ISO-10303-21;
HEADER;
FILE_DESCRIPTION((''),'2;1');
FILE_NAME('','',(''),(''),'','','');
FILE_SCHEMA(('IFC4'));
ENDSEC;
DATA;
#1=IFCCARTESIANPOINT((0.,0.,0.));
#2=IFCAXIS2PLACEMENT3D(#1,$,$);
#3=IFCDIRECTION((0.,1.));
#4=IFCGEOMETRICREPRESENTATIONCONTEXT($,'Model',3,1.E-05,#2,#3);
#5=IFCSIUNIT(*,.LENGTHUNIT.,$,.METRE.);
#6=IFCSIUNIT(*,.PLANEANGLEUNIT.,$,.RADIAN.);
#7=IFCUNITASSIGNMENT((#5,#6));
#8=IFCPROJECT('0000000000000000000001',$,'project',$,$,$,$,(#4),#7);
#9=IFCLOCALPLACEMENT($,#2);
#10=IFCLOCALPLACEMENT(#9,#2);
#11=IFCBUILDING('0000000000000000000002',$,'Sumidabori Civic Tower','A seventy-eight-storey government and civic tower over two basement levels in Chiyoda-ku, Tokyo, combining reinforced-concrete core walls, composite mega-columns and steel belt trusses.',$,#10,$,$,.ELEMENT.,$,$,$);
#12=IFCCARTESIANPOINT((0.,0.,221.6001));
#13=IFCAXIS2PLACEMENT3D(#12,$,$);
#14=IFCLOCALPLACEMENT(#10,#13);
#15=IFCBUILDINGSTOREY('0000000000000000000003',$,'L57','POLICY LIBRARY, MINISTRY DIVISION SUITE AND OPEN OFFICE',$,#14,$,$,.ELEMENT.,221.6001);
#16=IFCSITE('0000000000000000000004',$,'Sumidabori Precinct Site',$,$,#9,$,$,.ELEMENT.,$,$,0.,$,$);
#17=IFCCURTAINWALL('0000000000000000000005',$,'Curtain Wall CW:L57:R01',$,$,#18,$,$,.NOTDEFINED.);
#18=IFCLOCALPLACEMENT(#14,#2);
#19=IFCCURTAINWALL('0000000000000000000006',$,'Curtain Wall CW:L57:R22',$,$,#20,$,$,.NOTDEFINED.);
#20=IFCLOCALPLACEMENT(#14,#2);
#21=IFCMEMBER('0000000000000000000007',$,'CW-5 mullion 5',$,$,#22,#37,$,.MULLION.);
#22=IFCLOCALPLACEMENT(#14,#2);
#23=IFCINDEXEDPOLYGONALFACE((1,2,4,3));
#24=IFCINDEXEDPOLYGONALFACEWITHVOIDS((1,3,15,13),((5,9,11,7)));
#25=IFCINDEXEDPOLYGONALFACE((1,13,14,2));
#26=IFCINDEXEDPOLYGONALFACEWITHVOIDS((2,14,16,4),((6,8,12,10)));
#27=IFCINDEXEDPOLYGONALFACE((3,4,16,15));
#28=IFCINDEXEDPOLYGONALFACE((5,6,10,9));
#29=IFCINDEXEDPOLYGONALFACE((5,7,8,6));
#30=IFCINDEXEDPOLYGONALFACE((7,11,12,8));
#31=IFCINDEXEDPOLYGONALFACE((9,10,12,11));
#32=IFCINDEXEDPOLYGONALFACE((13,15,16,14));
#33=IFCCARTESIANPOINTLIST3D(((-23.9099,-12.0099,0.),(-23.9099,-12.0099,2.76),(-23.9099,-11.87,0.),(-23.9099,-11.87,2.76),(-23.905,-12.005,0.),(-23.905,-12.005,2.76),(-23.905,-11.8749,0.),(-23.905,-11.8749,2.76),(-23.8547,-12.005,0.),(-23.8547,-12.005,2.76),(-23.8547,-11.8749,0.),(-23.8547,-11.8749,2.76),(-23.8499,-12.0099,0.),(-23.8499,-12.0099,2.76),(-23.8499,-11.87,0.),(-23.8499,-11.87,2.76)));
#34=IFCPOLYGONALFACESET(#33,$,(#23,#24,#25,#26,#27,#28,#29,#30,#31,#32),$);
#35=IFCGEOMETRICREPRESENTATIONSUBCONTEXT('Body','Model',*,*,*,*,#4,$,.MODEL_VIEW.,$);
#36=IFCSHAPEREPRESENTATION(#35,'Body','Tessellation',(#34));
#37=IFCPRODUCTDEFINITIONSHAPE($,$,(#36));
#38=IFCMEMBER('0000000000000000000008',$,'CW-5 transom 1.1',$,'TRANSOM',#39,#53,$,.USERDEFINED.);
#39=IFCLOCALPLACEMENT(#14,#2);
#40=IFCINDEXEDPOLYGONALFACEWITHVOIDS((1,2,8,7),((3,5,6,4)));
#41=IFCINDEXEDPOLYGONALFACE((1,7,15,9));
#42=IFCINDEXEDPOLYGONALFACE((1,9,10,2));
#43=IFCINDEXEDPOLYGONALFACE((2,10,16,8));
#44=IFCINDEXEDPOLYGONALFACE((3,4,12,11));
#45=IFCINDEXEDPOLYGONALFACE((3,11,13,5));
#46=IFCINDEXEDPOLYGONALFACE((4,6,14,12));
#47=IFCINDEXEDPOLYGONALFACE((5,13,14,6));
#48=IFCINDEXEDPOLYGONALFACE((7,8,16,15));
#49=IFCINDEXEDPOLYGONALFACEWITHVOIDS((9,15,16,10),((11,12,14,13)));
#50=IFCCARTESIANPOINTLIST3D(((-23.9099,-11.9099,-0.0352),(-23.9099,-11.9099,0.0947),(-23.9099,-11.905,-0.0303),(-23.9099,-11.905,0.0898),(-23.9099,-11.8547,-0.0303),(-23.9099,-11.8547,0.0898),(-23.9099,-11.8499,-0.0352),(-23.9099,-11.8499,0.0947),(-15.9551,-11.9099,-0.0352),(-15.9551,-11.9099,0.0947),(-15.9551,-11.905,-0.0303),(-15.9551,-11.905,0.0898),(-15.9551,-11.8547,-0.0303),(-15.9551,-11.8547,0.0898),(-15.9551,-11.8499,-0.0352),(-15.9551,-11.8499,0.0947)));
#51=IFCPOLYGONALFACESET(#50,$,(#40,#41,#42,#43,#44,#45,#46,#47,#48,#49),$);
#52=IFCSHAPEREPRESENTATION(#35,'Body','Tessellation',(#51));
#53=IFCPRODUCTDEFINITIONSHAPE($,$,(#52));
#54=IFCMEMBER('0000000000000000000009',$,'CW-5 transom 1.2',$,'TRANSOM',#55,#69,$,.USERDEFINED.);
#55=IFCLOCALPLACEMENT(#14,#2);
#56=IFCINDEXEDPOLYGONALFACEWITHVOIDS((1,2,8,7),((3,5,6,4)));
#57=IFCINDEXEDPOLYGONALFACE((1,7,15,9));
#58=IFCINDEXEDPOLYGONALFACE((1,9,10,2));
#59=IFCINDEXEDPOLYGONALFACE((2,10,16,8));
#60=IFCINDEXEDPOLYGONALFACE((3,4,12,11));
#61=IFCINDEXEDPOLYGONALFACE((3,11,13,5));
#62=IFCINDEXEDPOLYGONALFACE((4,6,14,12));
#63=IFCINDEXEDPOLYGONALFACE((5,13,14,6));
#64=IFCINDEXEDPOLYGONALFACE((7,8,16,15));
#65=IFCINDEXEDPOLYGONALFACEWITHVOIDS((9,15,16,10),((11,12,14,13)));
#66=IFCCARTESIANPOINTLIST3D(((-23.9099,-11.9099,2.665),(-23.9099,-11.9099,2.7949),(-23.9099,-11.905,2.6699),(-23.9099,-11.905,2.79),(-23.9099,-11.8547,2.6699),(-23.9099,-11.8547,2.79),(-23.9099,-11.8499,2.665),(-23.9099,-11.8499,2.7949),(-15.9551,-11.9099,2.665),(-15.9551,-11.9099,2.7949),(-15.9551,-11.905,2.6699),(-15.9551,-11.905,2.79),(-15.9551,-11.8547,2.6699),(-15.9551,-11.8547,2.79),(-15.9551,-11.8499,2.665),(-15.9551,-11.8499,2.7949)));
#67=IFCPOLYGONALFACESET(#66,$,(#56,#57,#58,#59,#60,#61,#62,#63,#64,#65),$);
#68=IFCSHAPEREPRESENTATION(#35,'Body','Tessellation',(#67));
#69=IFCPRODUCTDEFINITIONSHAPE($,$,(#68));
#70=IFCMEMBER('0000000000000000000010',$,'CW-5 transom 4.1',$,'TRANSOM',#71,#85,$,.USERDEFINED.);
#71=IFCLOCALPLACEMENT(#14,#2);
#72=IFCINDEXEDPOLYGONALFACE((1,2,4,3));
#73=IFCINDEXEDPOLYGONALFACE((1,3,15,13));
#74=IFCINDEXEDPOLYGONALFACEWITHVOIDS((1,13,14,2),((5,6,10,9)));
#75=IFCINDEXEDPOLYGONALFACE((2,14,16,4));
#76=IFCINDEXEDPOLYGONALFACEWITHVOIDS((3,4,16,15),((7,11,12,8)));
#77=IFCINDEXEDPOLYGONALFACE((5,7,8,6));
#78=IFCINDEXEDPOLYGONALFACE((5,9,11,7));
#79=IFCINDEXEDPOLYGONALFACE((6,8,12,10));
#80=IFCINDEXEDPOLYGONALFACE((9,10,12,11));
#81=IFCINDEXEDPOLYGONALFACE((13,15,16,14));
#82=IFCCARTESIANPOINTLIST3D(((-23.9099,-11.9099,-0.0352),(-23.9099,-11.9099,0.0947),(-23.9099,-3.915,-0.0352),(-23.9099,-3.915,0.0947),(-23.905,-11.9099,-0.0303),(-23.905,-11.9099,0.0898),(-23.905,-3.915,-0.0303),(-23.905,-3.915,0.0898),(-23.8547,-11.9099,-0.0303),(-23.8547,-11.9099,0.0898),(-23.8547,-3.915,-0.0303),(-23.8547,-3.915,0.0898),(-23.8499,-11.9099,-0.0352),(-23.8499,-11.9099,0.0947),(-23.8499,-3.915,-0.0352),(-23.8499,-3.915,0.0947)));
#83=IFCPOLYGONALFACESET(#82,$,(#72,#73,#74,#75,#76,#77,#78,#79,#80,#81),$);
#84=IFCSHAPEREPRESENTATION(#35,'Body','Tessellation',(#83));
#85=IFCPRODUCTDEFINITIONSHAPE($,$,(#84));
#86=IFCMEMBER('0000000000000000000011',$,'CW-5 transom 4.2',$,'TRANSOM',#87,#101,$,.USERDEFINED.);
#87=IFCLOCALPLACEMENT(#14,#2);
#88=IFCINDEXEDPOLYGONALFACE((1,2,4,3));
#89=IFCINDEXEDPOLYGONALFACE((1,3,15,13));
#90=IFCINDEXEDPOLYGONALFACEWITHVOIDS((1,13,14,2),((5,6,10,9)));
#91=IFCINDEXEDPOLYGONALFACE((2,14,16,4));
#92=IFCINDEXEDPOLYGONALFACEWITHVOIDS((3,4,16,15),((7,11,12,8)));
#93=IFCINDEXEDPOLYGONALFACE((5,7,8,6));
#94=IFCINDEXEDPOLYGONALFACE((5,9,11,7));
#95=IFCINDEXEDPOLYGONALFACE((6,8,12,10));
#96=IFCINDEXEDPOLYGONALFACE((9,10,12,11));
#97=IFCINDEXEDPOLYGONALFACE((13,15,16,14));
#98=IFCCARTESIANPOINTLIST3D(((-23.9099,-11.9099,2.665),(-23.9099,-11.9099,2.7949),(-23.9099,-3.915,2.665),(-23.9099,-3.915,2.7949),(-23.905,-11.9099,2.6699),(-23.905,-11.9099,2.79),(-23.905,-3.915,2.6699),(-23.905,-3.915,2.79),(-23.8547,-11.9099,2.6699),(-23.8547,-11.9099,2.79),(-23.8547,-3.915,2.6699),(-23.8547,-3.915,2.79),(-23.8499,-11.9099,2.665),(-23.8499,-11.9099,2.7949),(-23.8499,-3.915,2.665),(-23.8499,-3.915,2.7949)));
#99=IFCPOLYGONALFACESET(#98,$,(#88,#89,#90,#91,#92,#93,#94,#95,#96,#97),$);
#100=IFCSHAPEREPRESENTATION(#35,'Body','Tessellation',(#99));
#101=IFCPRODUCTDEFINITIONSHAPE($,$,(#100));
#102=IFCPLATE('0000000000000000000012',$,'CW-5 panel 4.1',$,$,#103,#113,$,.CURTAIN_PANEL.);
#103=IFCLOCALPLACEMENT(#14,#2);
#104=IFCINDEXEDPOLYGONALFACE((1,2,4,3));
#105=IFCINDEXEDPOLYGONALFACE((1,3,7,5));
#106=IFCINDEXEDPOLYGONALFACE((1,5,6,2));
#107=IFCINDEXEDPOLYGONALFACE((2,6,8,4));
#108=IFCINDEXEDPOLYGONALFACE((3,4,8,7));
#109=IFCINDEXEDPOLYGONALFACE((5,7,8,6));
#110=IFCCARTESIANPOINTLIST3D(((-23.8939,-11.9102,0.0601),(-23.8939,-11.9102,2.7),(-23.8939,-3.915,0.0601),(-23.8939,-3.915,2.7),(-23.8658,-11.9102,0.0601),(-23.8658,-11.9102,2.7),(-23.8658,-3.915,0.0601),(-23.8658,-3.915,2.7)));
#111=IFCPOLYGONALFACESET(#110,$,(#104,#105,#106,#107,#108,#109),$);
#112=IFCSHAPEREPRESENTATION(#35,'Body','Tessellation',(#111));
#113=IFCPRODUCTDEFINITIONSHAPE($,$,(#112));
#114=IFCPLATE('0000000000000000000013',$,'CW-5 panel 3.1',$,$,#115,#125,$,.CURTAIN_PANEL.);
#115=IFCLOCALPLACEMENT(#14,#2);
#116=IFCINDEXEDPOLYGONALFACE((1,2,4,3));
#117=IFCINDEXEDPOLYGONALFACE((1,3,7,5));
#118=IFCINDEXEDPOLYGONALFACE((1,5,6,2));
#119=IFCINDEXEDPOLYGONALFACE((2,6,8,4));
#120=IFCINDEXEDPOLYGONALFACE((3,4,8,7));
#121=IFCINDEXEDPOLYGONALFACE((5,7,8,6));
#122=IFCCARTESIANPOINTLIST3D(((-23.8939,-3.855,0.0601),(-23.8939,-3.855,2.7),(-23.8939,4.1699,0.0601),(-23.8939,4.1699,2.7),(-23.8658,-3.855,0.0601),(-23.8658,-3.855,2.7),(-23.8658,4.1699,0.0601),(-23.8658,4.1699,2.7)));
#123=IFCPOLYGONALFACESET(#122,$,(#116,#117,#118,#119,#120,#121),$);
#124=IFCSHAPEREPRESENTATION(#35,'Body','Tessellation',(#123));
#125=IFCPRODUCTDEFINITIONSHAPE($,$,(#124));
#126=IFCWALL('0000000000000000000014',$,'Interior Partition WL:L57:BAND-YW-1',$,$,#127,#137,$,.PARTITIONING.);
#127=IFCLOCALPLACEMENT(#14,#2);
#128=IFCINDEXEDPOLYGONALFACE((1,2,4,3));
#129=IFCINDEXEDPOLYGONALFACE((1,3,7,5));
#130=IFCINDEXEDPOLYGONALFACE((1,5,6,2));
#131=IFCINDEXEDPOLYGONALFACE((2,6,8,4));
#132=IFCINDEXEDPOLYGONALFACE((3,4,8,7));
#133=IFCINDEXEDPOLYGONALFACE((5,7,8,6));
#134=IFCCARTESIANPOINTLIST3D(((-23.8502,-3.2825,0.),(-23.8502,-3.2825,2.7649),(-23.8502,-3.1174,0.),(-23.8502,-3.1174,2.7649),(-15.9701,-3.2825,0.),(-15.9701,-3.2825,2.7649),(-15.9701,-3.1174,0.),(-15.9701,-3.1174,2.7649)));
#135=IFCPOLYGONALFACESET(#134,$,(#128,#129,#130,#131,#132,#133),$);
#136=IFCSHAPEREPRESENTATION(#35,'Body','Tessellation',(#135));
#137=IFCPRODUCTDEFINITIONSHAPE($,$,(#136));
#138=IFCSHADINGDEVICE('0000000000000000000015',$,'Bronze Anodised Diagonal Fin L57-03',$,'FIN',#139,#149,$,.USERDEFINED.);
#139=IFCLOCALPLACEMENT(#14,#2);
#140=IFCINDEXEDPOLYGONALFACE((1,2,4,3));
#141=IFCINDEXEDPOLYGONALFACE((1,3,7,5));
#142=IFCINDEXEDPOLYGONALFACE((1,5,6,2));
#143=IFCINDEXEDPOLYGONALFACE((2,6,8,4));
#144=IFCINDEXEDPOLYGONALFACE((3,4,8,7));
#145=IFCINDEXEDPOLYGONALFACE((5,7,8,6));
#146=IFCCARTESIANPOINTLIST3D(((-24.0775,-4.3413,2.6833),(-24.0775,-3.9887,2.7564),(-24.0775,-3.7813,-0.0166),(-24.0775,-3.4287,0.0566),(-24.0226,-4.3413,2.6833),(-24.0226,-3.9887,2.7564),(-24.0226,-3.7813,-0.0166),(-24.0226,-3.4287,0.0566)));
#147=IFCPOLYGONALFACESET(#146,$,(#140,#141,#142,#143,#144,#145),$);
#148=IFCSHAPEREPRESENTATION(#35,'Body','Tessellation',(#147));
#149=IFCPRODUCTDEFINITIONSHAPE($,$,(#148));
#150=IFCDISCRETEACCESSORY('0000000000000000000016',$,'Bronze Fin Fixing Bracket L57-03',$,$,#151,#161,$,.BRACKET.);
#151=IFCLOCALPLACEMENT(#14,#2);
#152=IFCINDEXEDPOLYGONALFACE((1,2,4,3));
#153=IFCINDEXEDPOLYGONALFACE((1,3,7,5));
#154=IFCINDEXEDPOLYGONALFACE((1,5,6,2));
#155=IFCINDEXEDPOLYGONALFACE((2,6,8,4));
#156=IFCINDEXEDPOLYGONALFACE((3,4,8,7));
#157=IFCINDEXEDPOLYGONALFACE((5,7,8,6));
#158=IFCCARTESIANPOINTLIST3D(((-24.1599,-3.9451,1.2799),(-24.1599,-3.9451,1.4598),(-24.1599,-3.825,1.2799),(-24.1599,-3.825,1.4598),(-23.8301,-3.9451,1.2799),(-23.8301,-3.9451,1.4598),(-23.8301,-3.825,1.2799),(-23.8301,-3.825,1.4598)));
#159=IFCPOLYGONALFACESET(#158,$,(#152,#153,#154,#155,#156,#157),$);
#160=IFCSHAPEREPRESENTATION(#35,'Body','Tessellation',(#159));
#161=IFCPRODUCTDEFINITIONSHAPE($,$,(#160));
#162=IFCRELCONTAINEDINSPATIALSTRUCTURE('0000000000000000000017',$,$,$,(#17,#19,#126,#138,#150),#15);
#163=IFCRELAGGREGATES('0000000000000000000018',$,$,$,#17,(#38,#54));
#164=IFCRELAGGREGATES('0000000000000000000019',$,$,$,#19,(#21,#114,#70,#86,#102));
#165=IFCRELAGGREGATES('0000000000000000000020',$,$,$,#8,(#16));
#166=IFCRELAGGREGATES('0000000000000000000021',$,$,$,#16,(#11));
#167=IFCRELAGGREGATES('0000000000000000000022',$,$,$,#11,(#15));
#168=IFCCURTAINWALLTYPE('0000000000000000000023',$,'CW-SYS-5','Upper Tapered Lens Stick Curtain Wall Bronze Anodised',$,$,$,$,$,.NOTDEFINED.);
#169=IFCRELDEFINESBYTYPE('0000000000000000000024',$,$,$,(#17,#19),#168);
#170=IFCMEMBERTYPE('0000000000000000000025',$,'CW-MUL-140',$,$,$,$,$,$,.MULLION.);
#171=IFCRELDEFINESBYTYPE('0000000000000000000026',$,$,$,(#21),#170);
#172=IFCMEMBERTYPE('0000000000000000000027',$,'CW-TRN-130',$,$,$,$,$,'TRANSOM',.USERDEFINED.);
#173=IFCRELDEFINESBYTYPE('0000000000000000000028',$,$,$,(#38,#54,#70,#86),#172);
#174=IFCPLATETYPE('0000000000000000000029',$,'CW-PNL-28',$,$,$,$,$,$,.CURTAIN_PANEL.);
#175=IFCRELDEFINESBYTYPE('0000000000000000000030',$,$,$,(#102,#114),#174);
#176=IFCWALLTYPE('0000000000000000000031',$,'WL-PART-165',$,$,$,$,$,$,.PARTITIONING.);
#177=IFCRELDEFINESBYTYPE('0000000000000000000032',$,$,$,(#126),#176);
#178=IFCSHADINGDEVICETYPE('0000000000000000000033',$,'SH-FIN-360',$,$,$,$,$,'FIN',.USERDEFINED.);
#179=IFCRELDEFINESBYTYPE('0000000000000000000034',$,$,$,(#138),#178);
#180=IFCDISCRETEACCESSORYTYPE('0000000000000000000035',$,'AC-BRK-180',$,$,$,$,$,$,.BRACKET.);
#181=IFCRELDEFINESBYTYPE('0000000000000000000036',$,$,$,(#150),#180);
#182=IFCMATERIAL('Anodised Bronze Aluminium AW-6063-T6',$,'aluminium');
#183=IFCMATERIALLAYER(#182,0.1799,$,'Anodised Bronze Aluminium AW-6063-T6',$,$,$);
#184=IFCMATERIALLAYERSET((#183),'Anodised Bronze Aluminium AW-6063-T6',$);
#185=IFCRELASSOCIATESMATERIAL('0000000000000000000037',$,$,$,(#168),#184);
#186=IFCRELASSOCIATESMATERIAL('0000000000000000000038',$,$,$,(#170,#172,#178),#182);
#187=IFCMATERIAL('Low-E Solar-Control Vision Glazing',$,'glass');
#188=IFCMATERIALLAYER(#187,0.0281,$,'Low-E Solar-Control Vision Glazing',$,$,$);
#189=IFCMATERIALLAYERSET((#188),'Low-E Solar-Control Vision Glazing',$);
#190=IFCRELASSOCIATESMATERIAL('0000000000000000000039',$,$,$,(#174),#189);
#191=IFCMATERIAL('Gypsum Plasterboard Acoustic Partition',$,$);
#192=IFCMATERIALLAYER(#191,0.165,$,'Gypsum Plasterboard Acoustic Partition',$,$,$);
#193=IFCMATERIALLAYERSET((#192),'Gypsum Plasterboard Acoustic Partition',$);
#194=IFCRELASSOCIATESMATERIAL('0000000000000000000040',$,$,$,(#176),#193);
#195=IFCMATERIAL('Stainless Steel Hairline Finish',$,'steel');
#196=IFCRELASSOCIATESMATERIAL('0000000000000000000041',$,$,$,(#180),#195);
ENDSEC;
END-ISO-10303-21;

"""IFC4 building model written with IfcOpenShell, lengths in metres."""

from ifc_helpers import new_model, si_unit, direction, frame, frame_2d, origin, origin_2d, place, context, subcontext, project, spatial, rectangle, hollow_rectangle, extrude, source, transform, mapped, material, layer, layer_set, material_profile, profile_set, type_object, element, aggregate, save


model = new_model("IFC4")

# Units and contexts
model_context = context("Model", 3, precision=1e-05, world=origin(), true_north=direction((0.0, 1.0)))
body_context = subcontext(model_context, "Body", "Model", "MODEL_VIEW")
ifc_project = project(units=[si_unit("LENGTHUNIT", "METRE"), si_unit("PLANEANGLEUNIT", "RADIAN")], contexts=[model_context])

# Site, building, storey
site_placement = place(None, origin())
site = spatial("IfcSite", under=ifc_project, at=site_placement, Name="Sumidabori Precinct Site", CompositionType="ELEMENT", RefElevation=0.0)
building_placement = place(site_placement, origin())
building = spatial("IfcBuilding", under=site, at=building_placement, Name="Sumidabori Civic Tower", Description="A seventy-eight-storey government and civic tower over two basement levels in Chiyoda-ku, Tokyo, combining reinforced-concrete core walls, composite mega-columns and steel belt trusses.", CompositionType="ELEMENT")
storey_placement = place(building_placement, frame((0.0, 0.0, 221.6001)))
storey = spatial("IfcBuildingStorey", under=building, at=storey_placement, Name="L57", Description="POLICY LIBRARY, MINISTRY DIVISION SUITE AND OPEN OFFICE", CompositionType="ELEMENT", Elevation=221.6001)

# Curtain wall
ifc_material_1 = material(Name="Anodised Bronze Aluminium AW-6063-T6", Category="aluminium")
ifc_layer_1 = layer(ifc_material_1, 0.1799, Name="Anodised Bronze Aluminium AW-6063-T6")
ifc_layer_set_1 = layer_set([ifc_layer_1], Name="Anodised Bronze Aluminium AW-6063-T6")
curtain_wall_type = type_object("IfcCurtainWallType", Name="CW-SYS-5", Description="Upper Tapered Lens Stick Curtain Wall Bronze Anodised", PredefinedType="NOTDEFINED", material=ifc_layer_set_1)
curtain_wall_1_placement = place(storey_placement, origin())
curtain_wall_1 = element("IfcCurtainWall", 1, at=curtain_wall_1_placement, inside=storey, type_object=curtain_wall_type, Name="Curtain Wall CW:L57:R01", PredefinedType="NOTDEFINED")
ifc_material_profile_1 = material_profile(ifc_material_1, hollow_rectangle(XDim=0.0601, YDim=0.1399, WallThickness=0.0049, at=origin_2d()), Name="ALU MULLION 140x60")
ifc_profile_set_1 = profile_set([ifc_material_profile_1], Name="Anodised Bronze Aluminium AW-6063-T6")
member_type_1 = type_object("IfcMemberType", Name="CW-MUL-140", PredefinedType="MULLION", material=ifc_profile_set_1)
shared_shape_1 = source(origin(), body_context, "Body", "SweptSolid", [
    extrude(hollow_rectangle(XDim=0.0601, YDim=0.1399, WallThickness=0.0049, at=origin_2d()), origin(), (0.0, 0.0, 1.0), 2.76),
])

# Curtain wall, member
curtain_wall_2_placement = place(storey_placement, origin())
curtain_wall_2 = element("IfcCurtainWall", 2, at=curtain_wall_2_placement, inside=storey, type_object=curtain_wall_type, Name="Curtain Wall CW:L57:R22", PredefinedType="NOTDEFINED")
member_1_placement = place(storey_placement, frame((-23.8799, -11.9399, 0.0), z_axis=(0.0, 0.0, 1.0), x_axis=(1.0, 0.0, 0.0)))
member_1 = element("IfcMember", 3, at=member_1_placement, type_object=member_type_1, Name="CW-5 mullion 5", PredefinedType="MULLION", context=body_context, shape_type="MappedRepresentation", body=[
    mapped(shared_shape_1, transform((0.0, 0.0, 0.0), x_axis=(1.0, 0.0, 0.0), y_axis=(0.0, 1.0, 0.0), z_axis=(0.0, 0.0, 1.0), scale=1.0)),
])

# Members
ifc_material_profile_2 = material_profile(ifc_material_1, hollow_rectangle(XDim=0.0601, YDim=0.1299, WallThickness=0.0049, at=origin_2d()), Name="ALU TRANSOM 130x60")
ifc_profile_set_2 = profile_set([ifc_material_profile_2], Name="Anodised Bronze Aluminium AW-6063-T6")
member_type_2 = type_object("IfcMemberType", Name="CW-TRN-130", ElementType="TRANSOM", PredefinedType="USERDEFINED", material=ifc_profile_set_2)
shared_shape_2 = source(origin(), body_context, "Body", "SweptSolid", [
    extrude(hollow_rectangle(XDim=0.0601, YDim=0.1299, WallThickness=0.0049, at=origin_2d()), origin(), (0.0, 0.0, 1.0), 7.9548),
])
member_2_placement = place(storey_placement, frame((-23.9099, -11.8799, 0.0298), z_axis=(1.0, 0.0, 0.0), x_axis=(0.0, 1.0, 0.0)))
member_2 = element("IfcMember", 4, at=member_2_placement, type_object=member_type_2, Name="CW-5 transom 1.1", ObjectType="TRANSOM", PredefinedType="USERDEFINED", context=body_context, shape_type="MappedRepresentation", body=[
    mapped(shared_shape_2, transform((0.0, 0.0, 0.0), x_axis=(1.0, 0.0, 0.0), y_axis=(0.0, 1.0, 0.0), z_axis=(0.0, 0.0, 1.0), scale=1.0)),
])
member_3_placement = place(storey_placement, frame((-23.9099, -11.8799, 2.73), z_axis=(1.0, 0.0, 0.0), x_axis=(0.0, 1.0, 0.0)))
member_3 = element("IfcMember", 5, at=member_3_placement, type_object=member_type_2, Name="CW-5 transom 1.2", ObjectType="TRANSOM", PredefinedType="USERDEFINED", context=body_context, shape_type="MappedRepresentation", body=[
    mapped(shared_shape_2, transform((0.0, 0.0, 0.0), x_axis=(1.0, 0.0, 0.0), y_axis=(0.0, 1.0, 0.0), z_axis=(0.0, 0.0, 1.0), scale=1.0)),
])
aggregate(curtain_wall_1, [member_2, member_3])
shared_shape_3 = source(origin(), body_context, "Body", "SweptSolid", [
    extrude(hollow_rectangle(XDim=0.0601, YDim=0.1299, WallThickness=0.0049, at=origin_2d()), origin(), (0.0, 0.0, 1.0), 7.9949),
])
member_4_placement = place(storey_placement, frame((-23.8799, -3.915, 0.0298), z_axis=(0.0, -1.0, 0.0), x_axis=(1.0, 0.0, 0.0)))
member_4 = element("IfcMember", 6, at=member_4_placement, type_object=member_type_2, Name="CW-5 transom 4.1", ObjectType="TRANSOM", PredefinedType="USERDEFINED", context=body_context, shape_type="MappedRepresentation", body=[
    mapped(shared_shape_3, transform((0.0, 0.0, 0.0), x_axis=(1.0, 0.0, 0.0), y_axis=(0.0, 1.0, 0.0), z_axis=(0.0, 0.0, 1.0), scale=1.0)),
])
member_5_placement = place(storey_placement, frame((-23.8799, -3.915, 2.73), z_axis=(0.0, -1.0, 0.0), x_axis=(1.0, 0.0, 0.0)))
member_5 = element("IfcMember", 7, at=member_5_placement, type_object=member_type_2, Name="CW-5 transom 4.2", ObjectType="TRANSOM", PredefinedType="USERDEFINED", context=body_context, shape_type="MappedRepresentation", body=[
    mapped(shared_shape_3, transform((0.0, 0.0, 0.0), x_axis=(1.0, 0.0, 0.0), y_axis=(0.0, 1.0, 0.0), z_axis=(0.0, 0.0, 1.0), scale=1.0)),
])

# Plates
ifc_material_2 = material(Name="Low-E Solar-Control Vision Glazing", Category="glass")
ifc_layer_2 = layer(ifc_material_2, 0.0281, Name="Low-E Solar-Control Vision Glazing")
ifc_layer_set_2 = layer_set([ifc_layer_2], Name="Low-E Solar-Control Vision Glazing")
plate_type = type_object("IfcPlateType", Name="CW-PNL-28", PredefinedType="CURTAIN_PANEL", material=ifc_layer_set_2)
shared_shape_4 = source(origin(), body_context, "Body", "SweptSolid", [
    extrude(rectangle(XDim=7.9951, YDim=0.0281, at=origin_2d()), origin(), (0.0, 0.0, 1.0), 2.6399),
])
plate_1_placement = place(storey_placement, frame((-23.8799, -7.9126, 0.0601), z_axis=(0.0, 0.0, 1.0), x_axis=(0.0, -1.0, 0.0)))
plate_1 = element("IfcPlate", 8, at=plate_1_placement, type_object=plate_type, Name="CW-5 panel 4.1", PredefinedType="CURTAIN_PANEL", context=body_context, shape_type="MappedRepresentation", body=[
    mapped(shared_shape_4, transform((0.0, 0.0, 0.0), x_axis=(1.0, 0.0, 0.0), y_axis=(0.0, 1.0, 0.0), z_axis=(0.0, 0.0, 1.0), scale=1.0)),
])
shared_shape_5 = source(origin(), body_context, "Body", "SweptSolid", [
    extrude(rectangle(XDim=8.0249, YDim=0.0281, at=origin_2d()), origin(), (0.0, 0.0, 1.0), 2.6399),
])
plate_2_placement = place(storey_placement, frame((-23.8799, 0.1575, 0.0601), z_axis=(0.0, 0.0, 1.0), x_axis=(0.0, -1.0, 0.0)))
plate_2 = element("IfcPlate", 9, at=plate_2_placement, type_object=plate_type, Name="CW-5 panel 3.1", PredefinedType="CURTAIN_PANEL", context=body_context, shape_type="MappedRepresentation", body=[
    mapped(shared_shape_5, transform((0.0, 0.0, 0.0), x_axis=(1.0, 0.0, 0.0), y_axis=(0.0, 1.0, 0.0), z_axis=(0.0, 0.0, 1.0), scale=1.0)),
])
aggregate(curtain_wall_2, [member_1, plate_2, member_4, member_5, plate_1])

# Wall
ifc_material_3 = material(Name="Gypsum Plasterboard Acoustic Partition")
ifc_layer_3 = layer(ifc_material_3, 0.165, Name="Gypsum Plasterboard Acoustic Partition")
ifc_layer_set_3 = layer_set([ifc_layer_3], Name="Gypsum Plasterboard Acoustic Partition")
wall_type = type_object("IfcWallType", Name="WL-PART-165", PredefinedType="PARTITIONING", material=ifc_layer_set_3)
shared_shape_6 = source(origin(), body_context, "Body", "SweptSolid", [
    extrude(rectangle(XDim=7.8801, YDim=0.165, at=frame_2d((3.9399, 0.0))), origin(), (0.0, 0.0, 1.0), 2.7649),
])
wall_placement = place(storey_placement, frame((-23.8501, -3.2, 0.0), z_axis=(0.0, 0.0, 1.0), x_axis=(1.0, 0.0, 0.0)))
element("IfcWall", 10, at=wall_placement, inside=storey, type_object=wall_type, Name="Interior Partition WL:L57:BAND-YW-1", PredefinedType="PARTITIONING", context=body_context, shape_type="MappedRepresentation", body=[
    mapped(shared_shape_6, transform((0.0, 0.0, 0.0), x_axis=(1.0, 0.0, 0.0), y_axis=(0.0, 1.0, 0.0), z_axis=(0.0, 0.0, 1.0), scale=1.0)),
])

# Shading device
ifc_material_profile_3 = material_profile(ifc_material_1, rectangle(XDim=0.0549, YDim=0.3601, at=origin_2d()), Name="BRONZE FIN 360x55")
ifc_profile_set_3 = profile_set([ifc_material_profile_3], Name="Anodised Bronze Aluminium AW-6063-T6")
shading_device_type = type_object("IfcShadingDeviceType", Name="SH-FIN-360", ElementType="FIN", PredefinedType="USERDEFINED", material=ifc_profile_set_3)
shared_shape_7 = source(origin(), body_context, "Body", "SweptSolid", [
    extrude(rectangle(XDim=0.0549, YDim=0.3601, at=origin_2d()), origin(), (0.0, 0.0, 1.0), 2.7573),
])
shading_device_placement = place(storey_placement, frame((-24.05, -3.605, 0.02), z_axis=(0.0, -0.203109, 0.979156), x_axis=(-1.0, 0.0, 0.0)))
element("IfcShadingDevice", 11, at=shading_device_placement, inside=storey, type_object=shading_device_type, Name="Bronze Anodised Diagonal Fin L57-03", ObjectType="FIN", PredefinedType="USERDEFINED", context=body_context, shape_type="MappedRepresentation", body=[
    mapped(shared_shape_7, transform((0.0, 0.0, 0.0), x_axis=(1.0, 0.0, 0.0), y_axis=(0.0, 1.0, 0.0), z_axis=(0.0, 0.0, 1.0), scale=1.0)),
])

# Discrete accessory
ifc_material_4 = material(Name="Stainless Steel Hairline Finish", Category="steel")
ifc_material_profile_4 = material_profile(ifc_material_4, rectangle(XDim=0.1201, YDim=0.1799, at=origin_2d()), Name="STEEL BRACKET 180x120")
ifc_profile_set_4 = profile_set([ifc_material_profile_4], Name="Stainless Steel Hairline Finish")
discrete_accessory_type = type_object("IfcDiscreteAccessoryType", Name="AC-BRK-180", PredefinedType="BRACKET", material=ifc_profile_set_4)
shared_shape_8 = source(origin(), body_context, "Body", "SweptSolid", [
    extrude(rectangle(XDim=0.1201, YDim=0.1799, at=origin_2d()), origin(), (0.0, 0.0, 1.0), 0.3298),
])
discrete_accessory_placement = place(storey_placement, frame((-23.8301, -3.885, 1.3699), z_axis=(-1.0, 0.0, 0.0), x_axis=(0.0, -1.0, 0.0)))
element("IfcDiscreteAccessory", 12, at=discrete_accessory_placement, inside=storey, type_object=discrete_accessory_type, Name="Bronze Fin Fixing Bracket L57-03", PredefinedType="BRACKET", context=body_context, shape_type="MappedRepresentation", body=[
    mapped(shared_shape_8, transform((0.0, 0.0, 0.0), x_axis=(1.0, 0.0, 0.0), y_axis=(0.0, 1.0, 0.0), z_axis=(0.0, 0.0, 1.0), scale=1.0)),
])

save(model, "model.ifc")
